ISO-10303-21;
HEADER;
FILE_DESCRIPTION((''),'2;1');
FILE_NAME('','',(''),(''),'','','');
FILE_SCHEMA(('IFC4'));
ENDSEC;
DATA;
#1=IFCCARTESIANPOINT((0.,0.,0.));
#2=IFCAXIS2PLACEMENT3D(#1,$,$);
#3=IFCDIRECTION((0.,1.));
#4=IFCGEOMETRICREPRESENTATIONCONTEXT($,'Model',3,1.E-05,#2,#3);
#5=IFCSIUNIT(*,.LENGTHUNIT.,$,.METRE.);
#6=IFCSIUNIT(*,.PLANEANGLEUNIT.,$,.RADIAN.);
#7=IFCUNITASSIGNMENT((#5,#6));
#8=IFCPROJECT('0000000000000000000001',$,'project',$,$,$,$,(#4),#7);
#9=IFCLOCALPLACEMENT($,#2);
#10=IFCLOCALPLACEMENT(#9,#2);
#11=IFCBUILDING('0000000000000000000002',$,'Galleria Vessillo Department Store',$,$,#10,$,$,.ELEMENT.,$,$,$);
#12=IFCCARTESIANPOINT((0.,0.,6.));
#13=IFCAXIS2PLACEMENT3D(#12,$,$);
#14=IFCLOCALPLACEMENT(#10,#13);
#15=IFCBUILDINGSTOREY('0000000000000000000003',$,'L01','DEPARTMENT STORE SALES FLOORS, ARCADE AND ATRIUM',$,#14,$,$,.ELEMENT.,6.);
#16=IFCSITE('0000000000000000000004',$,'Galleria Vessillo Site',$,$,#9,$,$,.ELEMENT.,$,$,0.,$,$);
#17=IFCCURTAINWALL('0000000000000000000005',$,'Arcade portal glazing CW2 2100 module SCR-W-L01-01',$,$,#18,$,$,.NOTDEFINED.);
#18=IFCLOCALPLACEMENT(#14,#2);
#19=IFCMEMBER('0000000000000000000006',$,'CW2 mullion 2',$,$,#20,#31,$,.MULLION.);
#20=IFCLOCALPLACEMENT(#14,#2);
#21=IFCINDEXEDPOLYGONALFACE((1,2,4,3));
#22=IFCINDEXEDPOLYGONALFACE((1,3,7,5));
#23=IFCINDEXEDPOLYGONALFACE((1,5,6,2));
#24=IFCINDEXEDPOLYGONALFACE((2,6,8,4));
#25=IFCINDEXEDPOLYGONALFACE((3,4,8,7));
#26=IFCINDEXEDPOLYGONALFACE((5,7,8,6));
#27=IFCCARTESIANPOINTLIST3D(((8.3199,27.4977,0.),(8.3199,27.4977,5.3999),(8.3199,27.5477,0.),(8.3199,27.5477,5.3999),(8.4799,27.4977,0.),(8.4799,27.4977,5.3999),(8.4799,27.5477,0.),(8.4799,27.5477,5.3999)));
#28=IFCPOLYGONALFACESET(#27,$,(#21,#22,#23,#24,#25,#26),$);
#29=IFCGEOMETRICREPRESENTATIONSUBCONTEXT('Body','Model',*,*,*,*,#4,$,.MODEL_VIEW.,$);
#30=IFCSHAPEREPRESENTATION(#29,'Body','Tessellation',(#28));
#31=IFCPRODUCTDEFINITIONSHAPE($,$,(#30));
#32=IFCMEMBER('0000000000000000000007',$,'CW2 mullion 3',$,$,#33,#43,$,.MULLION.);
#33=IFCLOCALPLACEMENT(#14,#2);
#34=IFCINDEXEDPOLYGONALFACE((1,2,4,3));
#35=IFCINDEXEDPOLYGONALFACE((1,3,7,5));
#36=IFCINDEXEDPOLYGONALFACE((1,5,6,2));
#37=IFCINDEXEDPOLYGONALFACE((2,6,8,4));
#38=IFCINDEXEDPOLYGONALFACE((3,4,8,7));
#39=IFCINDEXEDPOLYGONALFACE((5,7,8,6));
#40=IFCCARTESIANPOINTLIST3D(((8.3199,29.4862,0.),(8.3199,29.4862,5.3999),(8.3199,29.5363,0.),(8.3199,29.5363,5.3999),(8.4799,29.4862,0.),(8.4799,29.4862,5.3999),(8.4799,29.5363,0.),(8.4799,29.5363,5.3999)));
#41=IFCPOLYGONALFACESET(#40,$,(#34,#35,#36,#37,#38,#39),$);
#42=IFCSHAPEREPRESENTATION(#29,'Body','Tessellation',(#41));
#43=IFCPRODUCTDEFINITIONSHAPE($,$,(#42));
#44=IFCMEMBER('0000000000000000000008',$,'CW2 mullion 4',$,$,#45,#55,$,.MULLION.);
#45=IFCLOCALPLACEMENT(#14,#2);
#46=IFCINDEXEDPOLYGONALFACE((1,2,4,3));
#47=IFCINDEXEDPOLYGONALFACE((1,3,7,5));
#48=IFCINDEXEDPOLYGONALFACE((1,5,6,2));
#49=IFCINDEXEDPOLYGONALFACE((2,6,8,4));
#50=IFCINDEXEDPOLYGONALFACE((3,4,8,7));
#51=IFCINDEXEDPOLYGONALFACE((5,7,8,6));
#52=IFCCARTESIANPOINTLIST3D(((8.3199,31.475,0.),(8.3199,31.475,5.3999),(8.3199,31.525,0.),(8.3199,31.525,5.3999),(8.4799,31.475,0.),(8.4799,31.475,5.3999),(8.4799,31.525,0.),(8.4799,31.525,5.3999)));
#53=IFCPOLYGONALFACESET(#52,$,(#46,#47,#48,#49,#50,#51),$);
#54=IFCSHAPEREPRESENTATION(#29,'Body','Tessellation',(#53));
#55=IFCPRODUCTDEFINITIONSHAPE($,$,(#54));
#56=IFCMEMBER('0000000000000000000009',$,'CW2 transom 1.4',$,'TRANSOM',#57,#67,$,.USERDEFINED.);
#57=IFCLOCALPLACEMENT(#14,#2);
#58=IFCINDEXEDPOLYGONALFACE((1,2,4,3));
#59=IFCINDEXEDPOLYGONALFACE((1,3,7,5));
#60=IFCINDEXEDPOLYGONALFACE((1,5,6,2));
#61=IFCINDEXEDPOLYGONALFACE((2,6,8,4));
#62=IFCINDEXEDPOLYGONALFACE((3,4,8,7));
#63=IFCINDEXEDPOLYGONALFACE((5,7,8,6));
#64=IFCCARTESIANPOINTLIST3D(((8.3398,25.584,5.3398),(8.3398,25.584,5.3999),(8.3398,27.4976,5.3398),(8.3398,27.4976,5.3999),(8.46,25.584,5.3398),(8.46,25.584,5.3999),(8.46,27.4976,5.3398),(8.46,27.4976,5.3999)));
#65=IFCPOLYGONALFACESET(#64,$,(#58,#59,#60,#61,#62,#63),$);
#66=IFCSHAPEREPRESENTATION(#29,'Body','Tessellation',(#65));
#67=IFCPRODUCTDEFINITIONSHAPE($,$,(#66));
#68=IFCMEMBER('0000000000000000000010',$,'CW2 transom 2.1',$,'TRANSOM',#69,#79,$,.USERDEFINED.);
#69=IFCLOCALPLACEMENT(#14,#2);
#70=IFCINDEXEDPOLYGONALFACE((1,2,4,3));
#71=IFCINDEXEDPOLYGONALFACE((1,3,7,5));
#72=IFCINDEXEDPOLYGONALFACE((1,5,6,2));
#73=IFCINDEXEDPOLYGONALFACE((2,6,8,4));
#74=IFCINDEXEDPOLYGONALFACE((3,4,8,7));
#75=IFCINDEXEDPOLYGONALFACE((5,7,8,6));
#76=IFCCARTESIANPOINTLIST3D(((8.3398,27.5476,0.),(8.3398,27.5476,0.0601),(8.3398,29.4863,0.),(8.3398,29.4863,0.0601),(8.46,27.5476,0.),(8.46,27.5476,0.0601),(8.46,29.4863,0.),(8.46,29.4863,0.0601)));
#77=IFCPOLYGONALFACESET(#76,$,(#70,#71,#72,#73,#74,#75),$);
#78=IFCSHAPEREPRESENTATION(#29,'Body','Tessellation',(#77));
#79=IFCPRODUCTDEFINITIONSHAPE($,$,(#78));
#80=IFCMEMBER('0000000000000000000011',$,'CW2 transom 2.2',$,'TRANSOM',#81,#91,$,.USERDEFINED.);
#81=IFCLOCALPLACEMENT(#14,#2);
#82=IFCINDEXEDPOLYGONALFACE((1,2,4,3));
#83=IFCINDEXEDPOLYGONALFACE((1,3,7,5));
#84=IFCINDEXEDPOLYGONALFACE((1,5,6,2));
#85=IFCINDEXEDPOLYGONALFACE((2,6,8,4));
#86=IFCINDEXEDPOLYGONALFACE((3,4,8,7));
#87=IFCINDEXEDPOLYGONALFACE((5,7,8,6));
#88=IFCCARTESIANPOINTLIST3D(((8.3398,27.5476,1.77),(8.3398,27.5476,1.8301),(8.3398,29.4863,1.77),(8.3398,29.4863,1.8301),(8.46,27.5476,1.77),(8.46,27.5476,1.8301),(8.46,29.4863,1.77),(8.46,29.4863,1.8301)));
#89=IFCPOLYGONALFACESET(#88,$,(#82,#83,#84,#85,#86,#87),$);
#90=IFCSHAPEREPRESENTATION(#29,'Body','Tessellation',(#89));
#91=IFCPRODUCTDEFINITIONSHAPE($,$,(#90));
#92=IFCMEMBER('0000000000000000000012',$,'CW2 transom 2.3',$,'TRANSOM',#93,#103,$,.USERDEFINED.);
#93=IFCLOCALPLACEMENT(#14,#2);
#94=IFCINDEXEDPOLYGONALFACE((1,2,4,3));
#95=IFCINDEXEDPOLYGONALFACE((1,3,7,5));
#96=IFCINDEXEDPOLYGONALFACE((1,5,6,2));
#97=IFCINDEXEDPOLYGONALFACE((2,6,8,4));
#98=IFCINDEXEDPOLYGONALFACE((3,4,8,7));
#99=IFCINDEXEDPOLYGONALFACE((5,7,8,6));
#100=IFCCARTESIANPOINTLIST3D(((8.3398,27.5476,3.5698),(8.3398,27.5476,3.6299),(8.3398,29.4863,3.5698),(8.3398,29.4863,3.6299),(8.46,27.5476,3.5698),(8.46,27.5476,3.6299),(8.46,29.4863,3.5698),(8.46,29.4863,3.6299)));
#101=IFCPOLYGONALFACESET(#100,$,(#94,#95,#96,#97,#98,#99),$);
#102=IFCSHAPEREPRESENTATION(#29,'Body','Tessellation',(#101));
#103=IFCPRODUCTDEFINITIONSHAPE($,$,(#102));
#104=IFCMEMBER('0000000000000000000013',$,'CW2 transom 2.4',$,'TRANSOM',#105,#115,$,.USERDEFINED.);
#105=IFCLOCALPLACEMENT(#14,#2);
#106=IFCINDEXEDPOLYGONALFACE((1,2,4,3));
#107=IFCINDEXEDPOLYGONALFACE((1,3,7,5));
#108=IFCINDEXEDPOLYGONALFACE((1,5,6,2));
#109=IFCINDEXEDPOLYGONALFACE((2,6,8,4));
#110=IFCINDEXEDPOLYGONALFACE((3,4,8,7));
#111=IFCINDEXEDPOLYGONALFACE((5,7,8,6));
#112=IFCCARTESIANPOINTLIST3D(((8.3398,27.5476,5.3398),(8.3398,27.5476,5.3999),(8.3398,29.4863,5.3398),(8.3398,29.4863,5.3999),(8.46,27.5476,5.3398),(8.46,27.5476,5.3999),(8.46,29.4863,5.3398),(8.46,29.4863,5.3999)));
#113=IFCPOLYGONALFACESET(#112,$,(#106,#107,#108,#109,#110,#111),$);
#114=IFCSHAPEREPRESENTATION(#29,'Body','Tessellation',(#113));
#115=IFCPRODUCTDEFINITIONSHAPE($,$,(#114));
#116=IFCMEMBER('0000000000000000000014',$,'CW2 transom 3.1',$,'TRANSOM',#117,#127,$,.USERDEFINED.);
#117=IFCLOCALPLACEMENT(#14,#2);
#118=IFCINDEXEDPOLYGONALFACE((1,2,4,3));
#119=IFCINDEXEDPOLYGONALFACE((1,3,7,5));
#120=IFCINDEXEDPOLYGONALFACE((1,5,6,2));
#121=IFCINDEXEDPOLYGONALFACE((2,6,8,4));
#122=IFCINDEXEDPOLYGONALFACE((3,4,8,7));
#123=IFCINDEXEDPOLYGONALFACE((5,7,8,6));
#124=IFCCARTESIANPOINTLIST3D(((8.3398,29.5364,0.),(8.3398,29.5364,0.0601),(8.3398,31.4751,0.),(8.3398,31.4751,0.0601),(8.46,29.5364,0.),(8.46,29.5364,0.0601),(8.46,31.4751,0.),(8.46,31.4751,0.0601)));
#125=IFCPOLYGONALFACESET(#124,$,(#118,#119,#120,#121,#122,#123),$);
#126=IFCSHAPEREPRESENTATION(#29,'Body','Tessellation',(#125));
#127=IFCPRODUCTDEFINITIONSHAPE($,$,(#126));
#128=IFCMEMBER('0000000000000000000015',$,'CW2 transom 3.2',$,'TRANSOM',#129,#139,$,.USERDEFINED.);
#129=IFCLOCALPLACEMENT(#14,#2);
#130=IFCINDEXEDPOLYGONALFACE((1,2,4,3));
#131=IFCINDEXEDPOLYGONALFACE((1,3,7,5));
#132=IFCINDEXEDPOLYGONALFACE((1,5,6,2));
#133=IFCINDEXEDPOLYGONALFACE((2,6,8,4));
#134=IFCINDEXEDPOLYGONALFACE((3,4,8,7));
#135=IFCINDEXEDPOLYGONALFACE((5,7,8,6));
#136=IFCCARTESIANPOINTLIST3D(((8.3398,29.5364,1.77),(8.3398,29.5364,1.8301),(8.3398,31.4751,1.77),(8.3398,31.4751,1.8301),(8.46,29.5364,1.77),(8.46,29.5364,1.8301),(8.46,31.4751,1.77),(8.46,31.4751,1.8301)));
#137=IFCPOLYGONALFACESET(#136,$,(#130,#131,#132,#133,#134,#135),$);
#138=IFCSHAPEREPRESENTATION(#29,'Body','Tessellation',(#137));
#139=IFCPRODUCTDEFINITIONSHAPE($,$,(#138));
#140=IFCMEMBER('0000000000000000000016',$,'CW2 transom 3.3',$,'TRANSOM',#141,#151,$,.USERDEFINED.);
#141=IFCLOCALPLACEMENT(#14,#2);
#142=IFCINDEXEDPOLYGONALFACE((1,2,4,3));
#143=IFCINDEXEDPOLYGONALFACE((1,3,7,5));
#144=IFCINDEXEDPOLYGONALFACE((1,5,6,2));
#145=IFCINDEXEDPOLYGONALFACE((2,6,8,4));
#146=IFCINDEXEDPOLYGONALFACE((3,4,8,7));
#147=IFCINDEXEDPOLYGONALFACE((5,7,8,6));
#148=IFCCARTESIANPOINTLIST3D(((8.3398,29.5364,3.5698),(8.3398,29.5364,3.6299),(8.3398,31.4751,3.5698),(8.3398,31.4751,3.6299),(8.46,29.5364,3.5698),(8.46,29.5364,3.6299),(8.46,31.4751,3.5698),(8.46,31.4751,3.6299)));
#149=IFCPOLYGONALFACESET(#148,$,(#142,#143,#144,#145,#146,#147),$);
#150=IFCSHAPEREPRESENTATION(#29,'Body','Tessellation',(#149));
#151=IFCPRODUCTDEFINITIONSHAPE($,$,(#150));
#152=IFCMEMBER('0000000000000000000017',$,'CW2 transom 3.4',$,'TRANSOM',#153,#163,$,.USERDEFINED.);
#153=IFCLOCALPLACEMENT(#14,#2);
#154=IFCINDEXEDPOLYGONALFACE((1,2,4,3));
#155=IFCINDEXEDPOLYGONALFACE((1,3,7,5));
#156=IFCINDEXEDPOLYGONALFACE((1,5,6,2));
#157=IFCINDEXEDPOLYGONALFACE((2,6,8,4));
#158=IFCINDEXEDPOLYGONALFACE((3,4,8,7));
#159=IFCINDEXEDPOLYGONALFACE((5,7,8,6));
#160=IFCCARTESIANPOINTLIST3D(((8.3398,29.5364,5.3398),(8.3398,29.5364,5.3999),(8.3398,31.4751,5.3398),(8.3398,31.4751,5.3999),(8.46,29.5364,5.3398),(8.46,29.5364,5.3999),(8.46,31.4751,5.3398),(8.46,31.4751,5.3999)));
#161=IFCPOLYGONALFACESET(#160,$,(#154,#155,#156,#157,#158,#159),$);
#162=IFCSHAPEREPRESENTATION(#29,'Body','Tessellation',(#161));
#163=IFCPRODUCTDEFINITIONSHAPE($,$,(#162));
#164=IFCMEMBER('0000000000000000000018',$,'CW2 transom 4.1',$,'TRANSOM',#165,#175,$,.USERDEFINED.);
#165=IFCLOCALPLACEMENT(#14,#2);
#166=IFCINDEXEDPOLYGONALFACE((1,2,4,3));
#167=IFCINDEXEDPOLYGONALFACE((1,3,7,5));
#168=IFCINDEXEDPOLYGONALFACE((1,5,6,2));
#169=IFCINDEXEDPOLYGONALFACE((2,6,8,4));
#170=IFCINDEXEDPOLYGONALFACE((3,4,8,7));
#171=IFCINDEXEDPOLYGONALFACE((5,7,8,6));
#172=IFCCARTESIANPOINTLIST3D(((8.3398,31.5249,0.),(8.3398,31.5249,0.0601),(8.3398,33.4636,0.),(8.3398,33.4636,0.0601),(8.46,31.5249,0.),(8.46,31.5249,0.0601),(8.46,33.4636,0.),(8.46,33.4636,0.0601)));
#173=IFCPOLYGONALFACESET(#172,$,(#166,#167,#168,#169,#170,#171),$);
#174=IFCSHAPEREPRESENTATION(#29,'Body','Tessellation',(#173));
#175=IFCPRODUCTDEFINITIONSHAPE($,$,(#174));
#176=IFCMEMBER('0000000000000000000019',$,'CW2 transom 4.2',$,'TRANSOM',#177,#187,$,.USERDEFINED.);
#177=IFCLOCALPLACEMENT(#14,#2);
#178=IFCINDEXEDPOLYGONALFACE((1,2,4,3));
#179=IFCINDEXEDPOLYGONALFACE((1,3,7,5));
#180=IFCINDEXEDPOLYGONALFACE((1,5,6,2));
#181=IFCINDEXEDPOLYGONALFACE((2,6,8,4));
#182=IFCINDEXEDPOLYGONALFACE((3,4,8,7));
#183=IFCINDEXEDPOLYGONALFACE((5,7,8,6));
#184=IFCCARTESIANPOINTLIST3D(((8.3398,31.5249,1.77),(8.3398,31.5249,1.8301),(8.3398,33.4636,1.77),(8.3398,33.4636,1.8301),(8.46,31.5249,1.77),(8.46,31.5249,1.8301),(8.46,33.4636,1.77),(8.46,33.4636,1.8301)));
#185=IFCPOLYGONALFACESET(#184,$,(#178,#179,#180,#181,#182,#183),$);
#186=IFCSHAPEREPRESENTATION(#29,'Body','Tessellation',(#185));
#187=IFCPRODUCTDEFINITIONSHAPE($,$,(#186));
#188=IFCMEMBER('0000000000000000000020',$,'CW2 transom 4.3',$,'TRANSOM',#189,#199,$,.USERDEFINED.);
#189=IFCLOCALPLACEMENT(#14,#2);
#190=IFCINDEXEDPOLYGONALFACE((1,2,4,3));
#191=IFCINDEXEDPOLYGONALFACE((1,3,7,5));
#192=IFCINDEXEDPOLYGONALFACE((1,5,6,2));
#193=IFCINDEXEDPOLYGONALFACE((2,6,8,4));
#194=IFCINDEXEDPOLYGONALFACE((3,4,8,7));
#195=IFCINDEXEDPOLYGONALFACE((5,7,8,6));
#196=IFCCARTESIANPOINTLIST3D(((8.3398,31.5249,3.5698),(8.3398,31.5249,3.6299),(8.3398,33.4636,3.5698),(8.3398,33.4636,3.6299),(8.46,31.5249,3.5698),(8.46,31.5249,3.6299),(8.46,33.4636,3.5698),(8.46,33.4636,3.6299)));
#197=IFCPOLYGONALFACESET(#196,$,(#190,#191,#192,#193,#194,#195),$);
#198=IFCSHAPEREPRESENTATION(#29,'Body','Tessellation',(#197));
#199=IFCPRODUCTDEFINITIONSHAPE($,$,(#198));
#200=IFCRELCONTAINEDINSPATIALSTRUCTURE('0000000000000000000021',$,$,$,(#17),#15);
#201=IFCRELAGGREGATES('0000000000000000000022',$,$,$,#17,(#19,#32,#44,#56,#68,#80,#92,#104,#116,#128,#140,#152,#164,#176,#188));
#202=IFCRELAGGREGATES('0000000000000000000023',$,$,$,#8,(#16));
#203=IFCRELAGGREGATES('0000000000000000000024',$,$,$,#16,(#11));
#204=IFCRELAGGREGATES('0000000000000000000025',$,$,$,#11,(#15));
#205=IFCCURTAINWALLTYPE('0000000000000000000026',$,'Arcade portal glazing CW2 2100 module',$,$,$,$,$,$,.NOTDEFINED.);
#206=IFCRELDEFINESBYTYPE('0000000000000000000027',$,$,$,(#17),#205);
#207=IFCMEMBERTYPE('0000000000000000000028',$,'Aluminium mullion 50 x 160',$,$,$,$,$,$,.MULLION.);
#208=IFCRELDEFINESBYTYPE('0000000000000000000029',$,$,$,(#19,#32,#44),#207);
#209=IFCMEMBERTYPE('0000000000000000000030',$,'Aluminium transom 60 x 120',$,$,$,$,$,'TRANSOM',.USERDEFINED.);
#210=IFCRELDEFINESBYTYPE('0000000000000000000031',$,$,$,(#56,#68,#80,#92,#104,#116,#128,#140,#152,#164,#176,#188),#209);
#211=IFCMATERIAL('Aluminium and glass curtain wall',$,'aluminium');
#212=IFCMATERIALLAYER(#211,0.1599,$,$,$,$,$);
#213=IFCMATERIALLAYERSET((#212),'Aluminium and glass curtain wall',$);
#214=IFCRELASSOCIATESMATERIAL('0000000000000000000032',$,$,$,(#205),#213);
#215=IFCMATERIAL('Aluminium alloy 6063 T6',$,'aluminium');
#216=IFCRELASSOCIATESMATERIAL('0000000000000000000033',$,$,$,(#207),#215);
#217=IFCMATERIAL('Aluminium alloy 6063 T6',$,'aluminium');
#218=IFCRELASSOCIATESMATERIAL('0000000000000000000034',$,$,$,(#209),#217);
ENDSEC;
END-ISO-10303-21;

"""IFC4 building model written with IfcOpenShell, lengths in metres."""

from ifc_helpers import new_model, si_unit, direction, frame, origin, origin_2d, place, context, subcontext, project, spatial, rectangle, extrude, material, layer, layer_set, material_profile, profile_set, type_object, element, aggregate, save


model = new_model("IFC4")

# Units and contexts
model_context = context("Model", 3, precision=1e-05, world=origin(), true_north=direction((0.0, 1.0)))
body_context = subcontext(model_context, "Body", "Model", "MODEL_VIEW")
ifc_project = project(units=[si_unit("LENGTHUNIT", "METRE"), si_unit("PLANEANGLEUNIT", "RADIAN")], contexts=[model_context])

# Site, building, storey
site_placement = place(None, origin())
site = spatial("IfcSite", under=ifc_project, at=site_placement, Name="Galleria Vessillo Site", CompositionType="ELEMENT", RefElevation=0.0)
building_placement = place(site_placement, origin())
building = spatial("IfcBuilding", under=site, at=building_placement, Name="Galleria Vessillo Department Store", CompositionType="ELEMENT")
storey_placement = place(building_placement, frame((0.0, 0.0, 6.0)))
storey = spatial("IfcBuildingStorey", under=building, at=storey_placement, Name="L01", Description="DEPARTMENT STORE SALES FLOORS, ARCADE AND ATRIUM", CompositionType="ELEMENT", Elevation=6.0)

# Curtain wall, members
ifc_material_1 = material(Name="Aluminium and glass curtain wall", Category="aluminium")
ifc_layer_1 = layer(ifc_material_1, 0.1599)
ifc_layer_set_1 = layer_set([ifc_layer_1], Name="Aluminium and glass curtain wall")
curtain_wall_type = type_object("IfcCurtainWallType", Name="Arcade portal glazing CW2 2100 module", PredefinedType="NOTDEFINED", material=ifc_layer_set_1)
curtain_wall_placement = place(storey_placement, origin())
curtain_wall = element("IfcCurtainWall", 1, at=curtain_wall_placement, inside=storey, type_object=curtain_wall_type, Name="Arcade portal glazing CW2 2100 module SCR-W-L01-01", PredefinedType="NOTDEFINED")
ifc_material_2 = material(Name="Aluminium alloy 6063 T6", Category="aluminium")
ifc_material_profile_1 = material_profile(ifc_material_2, rectangle(XDim=0.1599, YDim=0.05, at=origin_2d()), Name="AL 50x160")
ifc_profile_set_1 = profile_set([ifc_material_profile_1], Name="Aluminium alloy 6063 T6")
member_type_1 = type_object("IfcMemberType", Name="Aluminium mullion 50 x 160", PredefinedType="MULLION", material=ifc_profile_set_1)
member_1_placement = place(storey_placement, frame((8.3999, 27.5227, 0.0), z_axis=(0.0, 0.0, 1.0), x_axis=(-1.0, 0.0, 0.0)))
member_1 = element("IfcMember", 2, at=member_1_placement, type_object=member_type_1, Name="CW2 mullion 2", PredefinedType="MULLION", context=body_context, shape_type="SweptSolid", body=[
    extrude(rectangle(XDim=0.1599, YDim=0.05, at=origin_2d()), origin(), (0.0, 0.0, 1.0), 5.3999),
])
member_2_placement = place(storey_placement, frame((8.3999, 29.5112, 0.0), z_axis=(0.0, 0.0, 1.0), x_axis=(-1.0, 0.0, 0.0)))
member_2 = element("IfcMember", 3, at=member_2_placement, type_object=member_type_1, Name="CW2 mullion 3", PredefinedType="MULLION", context=body_context, shape_type="SweptSolid", body=[
    extrude(rectangle(XDim=0.1599, YDim=0.05, at=origin_2d()), origin(), (0.0, 0.0, 1.0), 5.3999),
])
member_3_placement = place(storey_placement, frame((8.3999, 31.5, 0.0), z_axis=(0.0, 0.0, 1.0), x_axis=(-1.0, 0.0, 0.0)))
member_3 = element("IfcMember", 4, at=member_3_placement, type_object=member_type_1, Name="CW2 mullion 4", PredefinedType="MULLION", context=body_context, shape_type="SweptSolid", body=[
    extrude(rectangle(XDim=0.1599, YDim=0.05, at=origin_2d()), origin(), (0.0, 0.0, 1.0), 5.3999),
])
ifc_material_3 = material(Name="Aluminium alloy 6063 T6", Category="aluminium")
ifc_material_profile_2 = material_profile(ifc_material_3, rectangle(XDim=0.1201, YDim=0.0601, at=origin_2d()), Name="AL 60x120")
ifc_profile_set_2 = profile_set([ifc_material_profile_2], Name="Aluminium alloy 6063 T6")
member_type_2 = type_object("IfcMemberType", Name="Aluminium transom 60 x 120", ElementType="TRANSOM", PredefinedType="USERDEFINED", material=ifc_profile_set_2)
member_4_placement = place(storey_placement, frame((8.3999, 25.584, 5.3699), z_axis=(0.0, 1.0, 0.0), x_axis=(-1.0, 0.0, 0.0)))
member_4 = element("IfcMember", 5, at=member_4_placement, type_object=member_type_2, Name="CW2 transom 1.4", ObjectType="TRANSOM", PredefinedType="USERDEFINED", context=body_context, shape_type="SweptSolid", body=[
    extrude(rectangle(XDim=0.1201, YDim=0.0601, at=origin_2d()), origin(), (0.0, 0.0, 1.0), 1.9136),
])
member_5_placement = place(storey_placement, frame((8.3999, 27.5476, 0.03), z_axis=(0.0, 1.0, 0.0), x_axis=(-1.0, 0.0, 0.0)))
member_5 = element("IfcMember", 6, at=member_5_placement, type_object=member_type_2, Name="CW2 transom 2.1", ObjectType="TRANSOM", PredefinedType="USERDEFINED", context=body_context, shape_type="SweptSolid", body=[
    extrude(rectangle(XDim=0.1201, YDim=0.0601, at=origin_2d()), origin(), (0.0, 0.0, 1.0), 1.9387),
])
member_6_placement = place(storey_placement, frame((8.3999, 27.5476, 1.8), z_axis=(0.0, 1.0, 0.0), x_axis=(-1.0, 0.0, 0.0)))
member_6 = element("IfcMember", 7, at=member_6_placement, type_object=member_type_2, Name="CW2 transom 2.2", ObjectType="TRANSOM", PredefinedType="USERDEFINED", context=body_context, shape_type="SweptSolid", body=[
    extrude(rectangle(XDim=0.1201, YDim=0.0601, at=origin_2d()), origin(), (0.0, 0.0, 1.0), 1.9387),
])
member_7_placement = place(storey_placement, frame((8.3999, 27.5476, 3.5999), z_axis=(0.0, 1.0, 0.0), x_axis=(-1.0, 0.0, 0.0)))
member_7 = element("IfcMember", 8, at=member_7_placement, type_object=member_type_2, Name="CW2 transom 2.3", ObjectType="TRANSOM", PredefinedType="USERDEFINED", context=body_context, shape_type="SweptSolid", body=[
    extrude(rectangle(XDim=0.1201, YDim=0.0601, at=origin_2d()), origin(), (0.0, 0.0, 1.0), 1.9387),
])
member_8_placement = place(storey_placement, frame((8.3999, 27.5476, 5.3699), z_axis=(0.0, 1.0, 0.0), x_axis=(-1.0, 0.0, 0.0)))
member_8 = element("IfcMember", 9, at=member_8_placement, type_object=member_type_2, Name="CW2 transom 2.4", ObjectType="TRANSOM", PredefinedType="USERDEFINED", context=body_context, shape_type="SweptSolid", body=[
    extrude(rectangle(XDim=0.1201, YDim=0.0601, at=origin_2d()), origin(), (0.0, 0.0, 1.0), 1.9387),
])
member_9_placement = place(storey_placement, frame((8.3999, 29.5364, 0.03), z_axis=(0.0, 1.0, 0.0), x_axis=(-1.0, 0.0, 0.0)))
member_9 = element("IfcMember", 10, at=member_9_placement, type_object=member_type_2, Name="CW2 transom 3.1", ObjectType="TRANSOM", PredefinedType="USERDEFINED", context=body_context, shape_type="SweptSolid", body=[
    extrude(rectangle(XDim=0.1201, YDim=0.0601, at=origin_2d()), origin(), (0.0, 0.0, 1.0), 1.9387),
])
member_10_placement = place(storey_placement, frame((8.3999, 29.5364, 1.8), z_axis=(0.0, 1.0, 0.0), x_axis=(-1.0, 0.0, 0.0)))
member_10 = element("IfcMember", 11, at=member_10_placement, type_object=member_type_2, Name="CW2 transom 3.2", ObjectType="TRANSOM", PredefinedType="USERDEFINED", context=body_context, shape_type="SweptSolid", body=[
    extrude(rectangle(XDim=0.1201, YDim=0.0601, at=origin_2d()), origin(), (0.0, 0.0, 1.0), 1.9387),
])
member_11_placement = place(storey_placement, frame((8.3999, 29.5364, 3.5999), z_axis=(0.0, 1.0, 0.0), x_axis=(-1.0, 0.0, 0.0)))
member_11 = element("IfcMember", 12, at=member_11_placement, type_object=member_type_2, Name="CW2 transom 3.3", ObjectType="TRANSOM", PredefinedType="USERDEFINED", context=body_context, shape_type="SweptSolid", body=[
    extrude(rectangle(XDim=0.1201, YDim=0.0601, at=origin_2d()), origin(), (0.0, 0.0, 1.0), 1.9387),
])
member_12_placement = place(storey_placement, frame((8.3999, 29.5364, 5.3699), z_axis=(0.0, 1.0, 0.0), x_axis=(-1.0, 0.0, 0.0)))
member_12 = element("IfcMember", 13, at=member_12_placement, type_object=member_type_2, Name="CW2 transom 3.4", ObjectType="TRANSOM", PredefinedType="USERDEFINED", context=body_context, shape_type="SweptSolid", body=[
    extrude(rectangle(XDim=0.1201, YDim=0.0601, at=origin_2d()), origin(), (0.0, 0.0, 1.0), 1.9387),
])
member_13_placement = place(storey_placement, frame((8.3999, 31.5249, 0.03), z_axis=(0.0, 1.0, 0.0), x_axis=(-1.0, 0.0, 0.0)))
member_13 = element("IfcMember", 14, at=member_13_placement, type_object=member_type_2, Name="CW2 transom 4.1", ObjectType="TRANSOM", PredefinedType="USERDEFINED", context=body_context, shape_type="SweptSolid", body=[
    extrude(rectangle(XDim=0.1201, YDim=0.0601, at=origin_2d()), origin(), (0.0, 0.0, 1.0), 1.9387),
])
member_14_placement = place(storey_placement, frame((8.3999, 31.5249, 1.8), z_axis=(0.0, 1.0, 0.0), x_axis=(-1.0, 0.0, 0.0)))
member_14 = element("IfcMember", 15, at=member_14_placement, type_object=member_type_2, Name="CW2 transom 4.2", ObjectType="TRANSOM", PredefinedType="USERDEFINED", context=body_context, shape_type="SweptSolid", body=[
    extrude(rectangle(XDim=0.1201, YDim=0.0601, at=origin_2d()), origin(), (0.0, 0.0, 1.0), 1.9387),
])
member_15_placement = place(storey_placement, frame((8.3999, 31.5249, 3.5999), z_axis=(0.0, 1.0, 0.0), x_axis=(-1.0, 0.0, 0.0)))
member_15 = element("IfcMember", 16, at=member_15_placement, type_object=member_type_2, Name="CW2 transom 4.3", ObjectType="TRANSOM", PredefinedType="USERDEFINED", context=body_context, shape_type="SweptSolid", body=[
    extrude(rectangle(XDim=0.1201, YDim=0.0601, at=origin_2d()), origin(), (0.0, 0.0, 1.0), 1.9387),
])
aggregate(curtain_wall, [member_1, member_2, member_3, member_4, member_5, member_6, member_7, member_8, member_9, member_10, member_11, member_12, member_13, member_14, member_15])

save(model, "model.ifc")
